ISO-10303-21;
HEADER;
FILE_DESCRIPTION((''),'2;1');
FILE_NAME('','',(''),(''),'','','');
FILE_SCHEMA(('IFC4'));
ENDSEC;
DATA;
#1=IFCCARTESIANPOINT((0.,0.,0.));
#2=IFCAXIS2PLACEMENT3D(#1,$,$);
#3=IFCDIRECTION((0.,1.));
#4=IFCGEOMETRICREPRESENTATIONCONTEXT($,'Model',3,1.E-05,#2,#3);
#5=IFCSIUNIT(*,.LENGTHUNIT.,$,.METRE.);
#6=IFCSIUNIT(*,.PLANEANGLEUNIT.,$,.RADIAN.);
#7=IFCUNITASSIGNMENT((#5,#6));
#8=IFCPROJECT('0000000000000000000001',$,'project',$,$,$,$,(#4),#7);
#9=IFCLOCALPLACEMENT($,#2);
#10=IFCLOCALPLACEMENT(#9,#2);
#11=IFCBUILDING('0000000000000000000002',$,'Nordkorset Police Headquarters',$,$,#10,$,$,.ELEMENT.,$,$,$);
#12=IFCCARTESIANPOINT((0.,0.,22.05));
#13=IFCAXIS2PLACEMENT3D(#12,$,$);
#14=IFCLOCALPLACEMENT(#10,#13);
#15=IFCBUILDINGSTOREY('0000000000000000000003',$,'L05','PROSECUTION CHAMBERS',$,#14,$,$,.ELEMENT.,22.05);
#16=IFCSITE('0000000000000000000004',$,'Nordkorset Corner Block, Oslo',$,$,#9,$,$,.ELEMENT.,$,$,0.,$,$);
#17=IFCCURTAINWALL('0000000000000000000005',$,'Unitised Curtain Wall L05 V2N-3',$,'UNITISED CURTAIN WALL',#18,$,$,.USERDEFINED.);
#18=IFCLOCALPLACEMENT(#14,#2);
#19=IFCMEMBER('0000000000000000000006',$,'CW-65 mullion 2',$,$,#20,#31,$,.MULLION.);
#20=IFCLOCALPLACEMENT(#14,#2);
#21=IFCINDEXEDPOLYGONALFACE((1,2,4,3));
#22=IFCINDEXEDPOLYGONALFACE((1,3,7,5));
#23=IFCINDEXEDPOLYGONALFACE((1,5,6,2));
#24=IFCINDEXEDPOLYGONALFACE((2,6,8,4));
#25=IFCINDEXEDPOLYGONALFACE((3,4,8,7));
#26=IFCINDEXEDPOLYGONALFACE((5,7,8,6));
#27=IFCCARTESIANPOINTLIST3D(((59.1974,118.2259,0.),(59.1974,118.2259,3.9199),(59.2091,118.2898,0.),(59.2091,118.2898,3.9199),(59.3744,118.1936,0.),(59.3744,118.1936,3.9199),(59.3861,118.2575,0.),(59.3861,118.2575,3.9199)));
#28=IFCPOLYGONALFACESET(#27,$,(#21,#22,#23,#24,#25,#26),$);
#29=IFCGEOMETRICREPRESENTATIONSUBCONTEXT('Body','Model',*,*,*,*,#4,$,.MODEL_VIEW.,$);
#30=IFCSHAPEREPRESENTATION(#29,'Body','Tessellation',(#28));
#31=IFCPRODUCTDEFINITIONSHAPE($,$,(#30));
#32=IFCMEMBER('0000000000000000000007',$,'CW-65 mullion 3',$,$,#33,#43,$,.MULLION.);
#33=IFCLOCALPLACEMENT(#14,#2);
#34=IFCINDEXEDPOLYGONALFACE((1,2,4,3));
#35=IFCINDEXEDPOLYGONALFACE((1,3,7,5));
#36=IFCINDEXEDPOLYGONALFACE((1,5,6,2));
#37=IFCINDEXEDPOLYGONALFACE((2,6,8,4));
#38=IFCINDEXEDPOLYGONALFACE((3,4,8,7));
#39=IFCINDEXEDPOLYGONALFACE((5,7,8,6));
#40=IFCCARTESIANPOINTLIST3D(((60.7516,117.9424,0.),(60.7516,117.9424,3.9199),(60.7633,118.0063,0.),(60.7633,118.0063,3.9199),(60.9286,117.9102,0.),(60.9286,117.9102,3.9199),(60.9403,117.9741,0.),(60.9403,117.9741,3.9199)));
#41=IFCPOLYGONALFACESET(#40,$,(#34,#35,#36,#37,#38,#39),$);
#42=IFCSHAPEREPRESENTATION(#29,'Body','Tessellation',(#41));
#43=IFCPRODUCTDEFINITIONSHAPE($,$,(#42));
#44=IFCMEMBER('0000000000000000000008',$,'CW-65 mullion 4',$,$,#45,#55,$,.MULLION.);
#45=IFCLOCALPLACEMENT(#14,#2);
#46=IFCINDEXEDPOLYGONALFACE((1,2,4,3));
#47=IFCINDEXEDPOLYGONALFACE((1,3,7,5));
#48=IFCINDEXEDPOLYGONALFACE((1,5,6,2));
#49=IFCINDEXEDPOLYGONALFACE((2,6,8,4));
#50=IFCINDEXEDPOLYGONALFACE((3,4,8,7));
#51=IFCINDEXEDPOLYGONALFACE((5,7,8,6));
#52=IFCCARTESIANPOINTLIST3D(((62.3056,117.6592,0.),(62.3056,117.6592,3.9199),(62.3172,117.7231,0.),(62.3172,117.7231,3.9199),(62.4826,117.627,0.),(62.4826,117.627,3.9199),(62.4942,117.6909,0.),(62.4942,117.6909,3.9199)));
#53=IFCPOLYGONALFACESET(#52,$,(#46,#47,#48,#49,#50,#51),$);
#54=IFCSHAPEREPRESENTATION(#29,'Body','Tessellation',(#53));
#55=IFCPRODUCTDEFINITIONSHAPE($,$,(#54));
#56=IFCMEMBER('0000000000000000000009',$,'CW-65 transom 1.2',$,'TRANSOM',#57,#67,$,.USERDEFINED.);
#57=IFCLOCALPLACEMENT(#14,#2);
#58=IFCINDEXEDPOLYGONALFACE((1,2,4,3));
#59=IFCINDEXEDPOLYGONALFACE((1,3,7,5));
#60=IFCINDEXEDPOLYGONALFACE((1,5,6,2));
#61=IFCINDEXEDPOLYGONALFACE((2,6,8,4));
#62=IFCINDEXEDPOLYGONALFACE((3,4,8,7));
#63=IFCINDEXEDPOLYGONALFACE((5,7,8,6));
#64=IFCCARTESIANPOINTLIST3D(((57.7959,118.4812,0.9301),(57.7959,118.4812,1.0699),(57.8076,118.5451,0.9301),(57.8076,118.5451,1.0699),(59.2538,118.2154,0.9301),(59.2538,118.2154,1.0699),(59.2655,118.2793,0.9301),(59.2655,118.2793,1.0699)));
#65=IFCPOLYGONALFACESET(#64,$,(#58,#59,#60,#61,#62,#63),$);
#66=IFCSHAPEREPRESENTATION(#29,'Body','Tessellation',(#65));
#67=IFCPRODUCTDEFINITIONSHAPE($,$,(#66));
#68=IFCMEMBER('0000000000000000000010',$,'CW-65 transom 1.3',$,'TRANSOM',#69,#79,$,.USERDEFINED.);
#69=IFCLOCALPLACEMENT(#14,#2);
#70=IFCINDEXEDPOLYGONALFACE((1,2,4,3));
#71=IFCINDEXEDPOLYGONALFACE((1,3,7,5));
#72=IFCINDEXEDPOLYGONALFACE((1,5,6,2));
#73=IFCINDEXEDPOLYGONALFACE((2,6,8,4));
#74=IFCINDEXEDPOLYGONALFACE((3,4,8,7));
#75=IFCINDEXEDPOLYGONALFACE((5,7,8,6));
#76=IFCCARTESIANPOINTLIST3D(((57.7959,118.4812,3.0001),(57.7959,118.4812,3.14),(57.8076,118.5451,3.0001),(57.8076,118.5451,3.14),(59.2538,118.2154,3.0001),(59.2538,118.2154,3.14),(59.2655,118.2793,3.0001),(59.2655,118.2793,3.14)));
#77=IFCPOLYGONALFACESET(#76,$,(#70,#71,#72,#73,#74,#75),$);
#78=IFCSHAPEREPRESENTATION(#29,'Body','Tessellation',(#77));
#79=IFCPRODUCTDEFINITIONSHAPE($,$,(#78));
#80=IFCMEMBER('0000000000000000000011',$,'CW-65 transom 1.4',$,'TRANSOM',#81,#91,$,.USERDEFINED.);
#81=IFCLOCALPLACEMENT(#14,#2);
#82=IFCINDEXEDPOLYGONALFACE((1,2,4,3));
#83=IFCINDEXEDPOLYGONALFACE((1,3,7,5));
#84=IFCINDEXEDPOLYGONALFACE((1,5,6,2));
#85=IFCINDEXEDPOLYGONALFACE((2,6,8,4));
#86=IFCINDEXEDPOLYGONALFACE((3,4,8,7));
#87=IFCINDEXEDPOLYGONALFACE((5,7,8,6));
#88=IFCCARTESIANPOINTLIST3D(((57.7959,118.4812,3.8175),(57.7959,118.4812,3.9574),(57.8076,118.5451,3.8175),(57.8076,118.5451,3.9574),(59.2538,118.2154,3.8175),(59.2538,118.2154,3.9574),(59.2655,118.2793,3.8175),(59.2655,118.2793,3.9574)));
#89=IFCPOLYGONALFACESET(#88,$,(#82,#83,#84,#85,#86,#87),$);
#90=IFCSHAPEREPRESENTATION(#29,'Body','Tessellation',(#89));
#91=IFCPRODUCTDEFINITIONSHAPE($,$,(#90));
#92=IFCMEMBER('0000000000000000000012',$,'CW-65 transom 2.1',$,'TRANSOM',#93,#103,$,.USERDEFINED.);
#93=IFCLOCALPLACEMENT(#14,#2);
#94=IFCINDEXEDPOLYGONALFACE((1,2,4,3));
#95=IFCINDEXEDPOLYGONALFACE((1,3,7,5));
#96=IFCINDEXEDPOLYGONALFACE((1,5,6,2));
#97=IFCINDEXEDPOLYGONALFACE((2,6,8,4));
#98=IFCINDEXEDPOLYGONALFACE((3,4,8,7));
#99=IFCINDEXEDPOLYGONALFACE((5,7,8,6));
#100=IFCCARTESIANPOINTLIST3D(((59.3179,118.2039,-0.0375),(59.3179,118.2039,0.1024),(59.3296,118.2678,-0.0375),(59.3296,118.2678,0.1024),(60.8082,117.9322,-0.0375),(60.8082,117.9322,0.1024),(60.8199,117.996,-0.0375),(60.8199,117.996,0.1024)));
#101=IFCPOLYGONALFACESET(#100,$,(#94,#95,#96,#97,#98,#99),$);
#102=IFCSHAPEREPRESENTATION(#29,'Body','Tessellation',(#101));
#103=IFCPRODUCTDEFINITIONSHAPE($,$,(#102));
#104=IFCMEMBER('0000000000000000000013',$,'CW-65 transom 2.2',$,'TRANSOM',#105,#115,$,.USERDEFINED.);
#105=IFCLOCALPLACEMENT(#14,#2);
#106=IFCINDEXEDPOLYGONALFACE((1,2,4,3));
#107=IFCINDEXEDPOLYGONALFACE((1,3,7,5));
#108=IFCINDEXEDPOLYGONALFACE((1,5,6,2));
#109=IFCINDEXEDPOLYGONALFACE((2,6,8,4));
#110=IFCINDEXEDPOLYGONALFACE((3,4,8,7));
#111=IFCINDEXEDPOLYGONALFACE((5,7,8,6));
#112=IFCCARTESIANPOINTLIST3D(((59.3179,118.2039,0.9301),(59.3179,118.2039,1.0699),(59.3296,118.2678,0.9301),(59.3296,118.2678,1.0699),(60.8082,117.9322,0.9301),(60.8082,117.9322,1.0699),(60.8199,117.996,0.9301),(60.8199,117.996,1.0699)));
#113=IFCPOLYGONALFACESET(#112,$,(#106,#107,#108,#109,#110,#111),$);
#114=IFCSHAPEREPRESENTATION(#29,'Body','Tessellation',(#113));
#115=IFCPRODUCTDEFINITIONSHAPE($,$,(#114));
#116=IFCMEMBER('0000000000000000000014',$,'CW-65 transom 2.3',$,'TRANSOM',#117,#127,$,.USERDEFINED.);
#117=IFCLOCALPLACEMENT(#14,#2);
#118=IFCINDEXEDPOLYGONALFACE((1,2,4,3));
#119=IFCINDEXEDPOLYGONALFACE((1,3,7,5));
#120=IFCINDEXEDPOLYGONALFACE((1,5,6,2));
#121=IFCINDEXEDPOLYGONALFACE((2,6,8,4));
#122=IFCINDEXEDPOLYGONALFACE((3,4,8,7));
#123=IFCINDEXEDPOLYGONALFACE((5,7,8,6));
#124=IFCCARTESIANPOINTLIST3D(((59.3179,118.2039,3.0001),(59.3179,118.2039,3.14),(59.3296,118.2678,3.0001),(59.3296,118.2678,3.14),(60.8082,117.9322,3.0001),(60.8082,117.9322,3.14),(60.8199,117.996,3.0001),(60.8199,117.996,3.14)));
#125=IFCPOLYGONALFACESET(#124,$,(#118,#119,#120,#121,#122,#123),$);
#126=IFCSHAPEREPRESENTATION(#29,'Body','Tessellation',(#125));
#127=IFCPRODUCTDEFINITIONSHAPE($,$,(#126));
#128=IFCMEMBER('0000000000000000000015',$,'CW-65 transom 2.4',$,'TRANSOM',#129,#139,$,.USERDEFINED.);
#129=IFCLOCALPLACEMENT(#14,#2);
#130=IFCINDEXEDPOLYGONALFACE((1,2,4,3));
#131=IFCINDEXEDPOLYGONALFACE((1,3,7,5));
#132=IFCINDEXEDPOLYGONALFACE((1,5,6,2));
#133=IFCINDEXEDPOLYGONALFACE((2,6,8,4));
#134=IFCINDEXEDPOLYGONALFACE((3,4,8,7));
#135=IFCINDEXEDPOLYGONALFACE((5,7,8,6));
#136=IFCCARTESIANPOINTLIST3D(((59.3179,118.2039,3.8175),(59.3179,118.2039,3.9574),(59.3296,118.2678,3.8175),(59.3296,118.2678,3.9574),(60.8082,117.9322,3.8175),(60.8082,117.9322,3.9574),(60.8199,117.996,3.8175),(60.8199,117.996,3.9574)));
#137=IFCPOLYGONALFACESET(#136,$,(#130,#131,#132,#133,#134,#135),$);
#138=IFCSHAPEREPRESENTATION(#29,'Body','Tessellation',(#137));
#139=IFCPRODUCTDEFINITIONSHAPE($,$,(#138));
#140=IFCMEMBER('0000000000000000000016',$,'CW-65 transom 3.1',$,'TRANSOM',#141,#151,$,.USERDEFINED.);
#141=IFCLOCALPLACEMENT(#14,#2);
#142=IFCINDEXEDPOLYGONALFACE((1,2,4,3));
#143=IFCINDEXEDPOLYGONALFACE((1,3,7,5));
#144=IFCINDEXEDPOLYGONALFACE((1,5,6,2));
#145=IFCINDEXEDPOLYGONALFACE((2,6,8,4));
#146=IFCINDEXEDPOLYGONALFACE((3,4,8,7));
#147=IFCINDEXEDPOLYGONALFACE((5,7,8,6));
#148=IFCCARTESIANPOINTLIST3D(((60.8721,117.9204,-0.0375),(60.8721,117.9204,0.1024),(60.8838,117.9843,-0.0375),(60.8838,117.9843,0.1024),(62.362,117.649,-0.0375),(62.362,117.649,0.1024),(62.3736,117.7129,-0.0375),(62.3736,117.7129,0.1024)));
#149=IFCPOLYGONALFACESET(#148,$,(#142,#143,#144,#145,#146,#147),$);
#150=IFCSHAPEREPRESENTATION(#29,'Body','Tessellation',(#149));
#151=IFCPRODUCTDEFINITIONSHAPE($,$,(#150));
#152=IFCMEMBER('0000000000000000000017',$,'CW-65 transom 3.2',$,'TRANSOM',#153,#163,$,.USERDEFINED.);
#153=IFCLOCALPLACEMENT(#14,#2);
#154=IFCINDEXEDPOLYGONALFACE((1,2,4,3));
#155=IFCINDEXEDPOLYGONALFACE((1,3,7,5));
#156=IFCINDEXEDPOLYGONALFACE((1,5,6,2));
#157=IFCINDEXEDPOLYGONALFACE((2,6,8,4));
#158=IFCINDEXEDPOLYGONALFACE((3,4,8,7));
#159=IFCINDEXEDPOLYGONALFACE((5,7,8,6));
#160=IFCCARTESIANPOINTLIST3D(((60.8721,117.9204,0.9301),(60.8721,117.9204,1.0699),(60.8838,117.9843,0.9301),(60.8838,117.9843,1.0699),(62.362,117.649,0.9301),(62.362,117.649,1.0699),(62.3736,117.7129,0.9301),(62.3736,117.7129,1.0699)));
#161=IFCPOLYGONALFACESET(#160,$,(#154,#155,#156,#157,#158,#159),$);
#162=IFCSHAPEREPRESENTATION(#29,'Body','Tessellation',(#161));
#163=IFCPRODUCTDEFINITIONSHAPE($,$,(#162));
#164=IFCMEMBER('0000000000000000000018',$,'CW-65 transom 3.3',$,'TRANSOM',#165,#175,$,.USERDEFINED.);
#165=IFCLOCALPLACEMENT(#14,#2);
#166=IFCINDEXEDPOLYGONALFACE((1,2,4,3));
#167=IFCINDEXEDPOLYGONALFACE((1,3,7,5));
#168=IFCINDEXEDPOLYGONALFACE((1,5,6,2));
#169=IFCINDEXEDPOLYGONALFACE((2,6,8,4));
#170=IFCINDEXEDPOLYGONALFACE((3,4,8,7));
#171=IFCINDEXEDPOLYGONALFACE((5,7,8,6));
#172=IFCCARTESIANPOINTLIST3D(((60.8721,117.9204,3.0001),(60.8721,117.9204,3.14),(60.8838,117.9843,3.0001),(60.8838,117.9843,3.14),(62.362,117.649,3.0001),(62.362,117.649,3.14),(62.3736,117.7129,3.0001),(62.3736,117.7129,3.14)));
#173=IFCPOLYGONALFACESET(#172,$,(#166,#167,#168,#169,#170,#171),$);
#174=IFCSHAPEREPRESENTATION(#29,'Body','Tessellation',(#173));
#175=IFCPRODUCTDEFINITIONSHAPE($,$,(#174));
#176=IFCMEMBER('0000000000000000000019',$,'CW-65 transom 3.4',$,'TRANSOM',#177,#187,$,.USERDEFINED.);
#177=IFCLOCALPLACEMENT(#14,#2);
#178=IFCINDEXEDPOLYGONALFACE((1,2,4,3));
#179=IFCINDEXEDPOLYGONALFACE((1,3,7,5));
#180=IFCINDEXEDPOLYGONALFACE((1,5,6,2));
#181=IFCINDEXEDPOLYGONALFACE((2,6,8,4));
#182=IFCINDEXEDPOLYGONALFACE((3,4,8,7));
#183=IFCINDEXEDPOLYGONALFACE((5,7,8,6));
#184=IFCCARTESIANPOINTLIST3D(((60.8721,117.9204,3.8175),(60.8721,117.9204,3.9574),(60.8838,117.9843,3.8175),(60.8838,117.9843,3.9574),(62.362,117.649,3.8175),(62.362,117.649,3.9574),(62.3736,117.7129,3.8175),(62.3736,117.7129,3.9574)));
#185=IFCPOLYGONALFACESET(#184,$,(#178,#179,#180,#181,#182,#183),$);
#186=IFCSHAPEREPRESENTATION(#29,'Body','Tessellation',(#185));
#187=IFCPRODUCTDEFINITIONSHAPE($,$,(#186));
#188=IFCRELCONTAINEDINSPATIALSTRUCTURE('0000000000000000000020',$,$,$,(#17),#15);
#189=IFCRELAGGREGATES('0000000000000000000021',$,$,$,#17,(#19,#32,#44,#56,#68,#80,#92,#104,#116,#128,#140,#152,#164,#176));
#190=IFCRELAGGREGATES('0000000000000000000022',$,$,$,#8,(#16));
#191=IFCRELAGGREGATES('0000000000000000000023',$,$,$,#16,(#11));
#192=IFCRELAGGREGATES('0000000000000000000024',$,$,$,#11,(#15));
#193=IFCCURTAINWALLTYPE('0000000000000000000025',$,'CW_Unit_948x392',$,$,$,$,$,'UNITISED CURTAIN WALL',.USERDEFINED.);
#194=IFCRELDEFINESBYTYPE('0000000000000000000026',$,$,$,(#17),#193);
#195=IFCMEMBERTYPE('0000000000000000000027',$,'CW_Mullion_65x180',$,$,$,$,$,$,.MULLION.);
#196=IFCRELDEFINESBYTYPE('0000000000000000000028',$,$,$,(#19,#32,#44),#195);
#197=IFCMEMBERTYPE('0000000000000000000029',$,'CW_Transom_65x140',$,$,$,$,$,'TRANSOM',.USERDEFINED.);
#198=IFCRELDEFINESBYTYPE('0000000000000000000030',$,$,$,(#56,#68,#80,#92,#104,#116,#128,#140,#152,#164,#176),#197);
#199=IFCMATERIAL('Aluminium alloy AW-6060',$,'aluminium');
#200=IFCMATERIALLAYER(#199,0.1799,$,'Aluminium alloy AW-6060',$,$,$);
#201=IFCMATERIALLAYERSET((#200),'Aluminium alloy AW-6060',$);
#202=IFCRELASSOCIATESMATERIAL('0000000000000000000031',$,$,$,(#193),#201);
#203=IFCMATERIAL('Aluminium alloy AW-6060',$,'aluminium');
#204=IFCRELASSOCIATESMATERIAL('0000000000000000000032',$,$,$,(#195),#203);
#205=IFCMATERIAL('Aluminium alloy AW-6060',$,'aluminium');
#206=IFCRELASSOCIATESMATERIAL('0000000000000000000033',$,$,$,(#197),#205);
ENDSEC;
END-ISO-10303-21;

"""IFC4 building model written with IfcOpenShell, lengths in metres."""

from ifc_helpers import new_model, si_unit, direction, frame, origin, origin_2d, place, context, subcontext, project, spatial, rectangle, extrude, material, layer, layer_set, material_profile, profile_set, type_object, element, aggregate, save


model = new_model("IFC4")

# Units and contexts
model_context = context("Model", 3, precision=1e-05, world=origin(), true_north=direction((0.0, 1.0)))
body_context = subcontext(model_context, "Body", "Model", "MODEL_VIEW")
ifc_project = project(units=[si_unit("LENGTHUNIT", "METRE"), si_unit("PLANEANGLEUNIT", "RADIAN")], contexts=[model_context])

# Site, building, storey
site_placement = place(None, origin())
site = spatial("IfcSite", under=ifc_project, at=site_placement, Name="Nordkorset Corner Block, Oslo", CompositionType="ELEMENT", RefElevation=0.0)
building_placement = place(site_placement, origin())
building = spatial("IfcBuilding", under=site, at=building_placement, Name="Nordkorset Police Headquarters", CompositionType="ELEMENT")
storey_placement = place(building_placement, frame((0.0, 0.0, 22.05)))
storey = spatial("IfcBuildingStorey", under=building, at=storey_placement, Name="L05", Description="PROSECUTION CHAMBERS", CompositionType="ELEMENT", Elevation=22.05)

# Curtain wall, members
ifc_material_1 = material(Name="Aluminium alloy AW-6060", Category="aluminium")
ifc_layer_1 = layer(ifc_material_1, 0.1799, Name="Aluminium alloy AW-6060")
ifc_layer_set_1 = layer_set([ifc_layer_1], Name="Aluminium alloy AW-6060")
curtain_wall_type = type_object("IfcCurtainWallType", Name="CW_Unit_948x392", ElementType="UNITISED CURTAIN WALL", PredefinedType="USERDEFINED", material=ifc_layer_set_1)
curtain_wall_placement = place(storey_placement, origin())
curtain_wall = element("IfcCurtainWall", 1, at=curtain_wall_placement, inside=storey, type_object=curtain_wall_type, Name="Unitised Curtain Wall L05 V2N-3", ObjectType="UNITISED CURTAIN WALL", PredefinedType="USERDEFINED")
ifc_material_2 = material(Name="Aluminium alloy AW-6060", Category="aluminium")
ifc_material_profile_1 = material_profile(ifc_material_2, rectangle(XDim=0.0649, YDim=0.1799, at=origin_2d()), Name="ALU MULL 65x180")
ifc_profile_set_1 = profile_set([ifc_material_profile_1], Name="Aluminium alloy AW-6060")
member_type_1 = type_object("IfcMemberType", Name="CW_Mullion_65x180", PredefinedType="MULLION", material=ifc_profile_set_1)
member_1_placement = place(storey_placement, frame((59.2917, 118.2417, 0.0), z_axis=(0.0, 0.0, 1.0), x_axis=(0.179336, 0.983788, 0.0)))
member_1 = element("IfcMember", 2, at=member_1_placement, type_object=member_type_1, Name="CW-65 mullion 2", PredefinedType="MULLION", context=body_context, shape_type="SweptSolid", body=[
    extrude(rectangle(XDim=0.0649, YDim=0.1799, at=origin_2d()), origin(), (0.0, 0.0, 1.0), 3.9199),
])
member_2_placement = place(storey_placement, frame((60.8459, 117.9583, 0.0), z_axis=(0.0, 0.0, 1.0), x_axis=(0.179336, 0.983788, 0.0)))
member_2 = element("IfcMember", 3, at=member_2_placement, type_object=member_type_1, Name="CW-65 mullion 3", PredefinedType="MULLION", context=body_context, shape_type="SweptSolid", body=[
    extrude(rectangle(XDim=0.0649, YDim=0.1799, at=origin_2d()), origin(), (0.0, 0.0, 1.0), 3.9199),
])
member_3_placement = place(storey_placement, frame((62.3999, 117.675, 0.0), z_axis=(0.0, 0.0, 1.0), x_axis=(0.179336, 0.983788, 0.0)))
member_3 = element("IfcMember", 4, at=member_3_placement, type_object=member_type_1, Name="CW-65 mullion 4", PredefinedType="MULLION", context=body_context, shape_type="SweptSolid", body=[
    extrude(rectangle(XDim=0.0649, YDim=0.1799, at=origin_2d()), origin(), (0.0, 0.0, 1.0), 3.9199),
])
ifc_material_3 = material(Name="Aluminium alloy AW-6060", Category="aluminium")
ifc_material_profile_2 = material_profile(ifc_material_3, rectangle(XDim=0.0649, YDim=0.1399, at=origin_2d()), Name="ALU TRAN 65x140")
ifc_profile_set_2 = profile_set([ifc_material_profile_2], Name="Aluminium alloy AW-6060")
member_type_2 = type_object("IfcMemberType", Name="CW_Transom_65x140", ElementType="TRANSOM", PredefinedType="USERDEFINED", material=ifc_profile_set_2)
member_4_placement = place(storey_placement, frame((57.8018, 118.5132, 1.0), z_axis=(0.983778, -0.179393, 0.0), x_axis=(0.179393, 0.983778, 0.0)))
member_4 = element("IfcMember", 5, at=member_4_placement, type_object=member_type_2, Name="CW-65 transom 1.2", ObjectType="TRANSOM", PredefinedType="USERDEFINED", context=body_context, shape_type="SweptSolid", body=[
    extrude(rectangle(XDim=0.0649, YDim=0.1399, at=origin_2d()), origin(), (0.0, 0.0, 1.0), 1.4819),
])
member_5_placement = place(storey_placement, frame((57.8018, 118.5132, 3.0701), z_axis=(0.983778, -0.179393, 0.0), x_axis=(0.179393, 0.983778, 0.0)))
member_5 = element("IfcMember", 6, at=member_5_placement, type_object=member_type_2, Name="CW-65 transom 1.3", ObjectType="TRANSOM", PredefinedType="USERDEFINED", context=body_context, shape_type="SweptSolid", body=[
    extrude(rectangle(XDim=0.0649, YDim=0.1399, at=origin_2d()), origin(), (0.0, 0.0, 1.0), 1.4819),
])
member_6_placement = place(storey_placement, frame((57.8018, 118.5132, 3.8875), z_axis=(0.983778, -0.179393, 0.0), x_axis=(0.179393, 0.983778, 0.0)))
member_6 = element("IfcMember", 7, at=member_6_placement, type_object=member_type_2, Name="CW-65 transom 1.4", ObjectType="TRANSOM", PredefinedType="USERDEFINED", context=body_context, shape_type="SweptSolid", body=[
    extrude(rectangle(XDim=0.0649, YDim=0.1399, at=origin_2d()), origin(), (0.0, 0.0, 1.0), 1.4819),
])
member_7_placement = place(storey_placement, frame((59.3237, 118.2358, 0.0325), z_axis=(0.98378, -0.179382, 0.0), x_axis=(0.179382, 0.98378, 0.0)))
member_7 = element("IfcMember", 8, at=member_7_placement, type_object=member_type_2, Name="CW-65 transom 2.1", ObjectType="TRANSOM", PredefinedType="USERDEFINED", context=body_context, shape_type="SweptSolid", body=[
    extrude(rectangle(XDim=0.0649, YDim=0.1399, at=origin_2d()), origin(), (0.0, 0.0, 1.0), 1.5149),
])
member_8_placement = place(storey_placement, frame((59.3237, 118.2358, 1.0), z_axis=(0.98378, -0.179382, 0.0), x_axis=(0.179382, 0.98378, 0.0)))
member_8 = element("IfcMember", 9, at=member_8_placement, type_object=member_type_2, Name="CW-65 transom 2.2", ObjectType="TRANSOM", PredefinedType="USERDEFINED", context=body_context, shape_type="SweptSolid", body=[
    extrude(rectangle(XDim=0.0649, YDim=0.1399, at=origin_2d()), origin(), (0.0, 0.0, 1.0), 1.5149),
])
member_9_placement = place(storey_placement, frame((59.3237, 118.2358, 3.0701), z_axis=(0.98378, -0.179382, 0.0), x_axis=(0.179382, 0.98378, 0.0)))
member_9 = element("IfcMember", 10, at=member_9_placement, type_object=member_type_2, Name="CW-65 transom 2.3", ObjectType="TRANSOM", PredefinedType="USERDEFINED", context=body_context, shape_type="SweptSolid", body=[
    extrude(rectangle(XDim=0.0649, YDim=0.1399, at=origin_2d()), origin(), (0.0, 0.0, 1.0), 1.5149),
])
member_10_placement = place(storey_placement, frame((59.3237, 118.2358, 3.8875), z_axis=(0.98378, -0.179382, 0.0), x_axis=(0.179382, 0.98378, 0.0)))
member_10 = element("IfcMember", 11, at=member_10_placement, type_object=member_type_2, Name="CW-65 transom 2.4", ObjectType="TRANSOM", PredefinedType="USERDEFINED", context=body_context, shape_type="SweptSolid", body=[
    extrude(rectangle(XDim=0.0649, YDim=0.1399, at=origin_2d()), origin(), (0.0, 0.0, 1.0), 1.5149),
])
member_11_placement = place(storey_placement, frame((60.8779, 117.9524, 0.0325), z_axis=(0.983803, -0.179254, 0.0), x_axis=(0.179254, 0.983803, 0.0)))
member_11 = element("IfcMember", 12, at=member_11_placement, type_object=member_type_2, Name="CW-65 transom 3.1", ObjectType="TRANSOM", PredefinedType="USERDEFINED", context=body_context, shape_type="SweptSolid", body=[
    extrude(rectangle(XDim=0.0649, YDim=0.1399, at=origin_2d()), origin(), (0.0, 0.0, 1.0), 1.5144),
])
member_12_placement = place(storey_placement, frame((60.8779, 117.9524, 1.0), z_axis=(0.983803, -0.179254, 0.0), x_axis=(0.179254, 0.983803, 0.0)))
member_12 = element("IfcMember", 13, at=member_12_placement, type_object=member_type_2, Name="CW-65 transom 3.2", ObjectType="TRANSOM", PredefinedType="USERDEFINED", context=body_context, shape_type="SweptSolid", body=[
    extrude(rectangle(XDim=0.0649, YDim=0.1399, at=origin_2d()), origin(), (0.0, 0.0, 1.0), 1.5144),
])
member_13_placement = place(storey_placement, frame((60.8779, 117.9524, 3.0701), z_axis=(0.983803, -0.179254, 0.0), x_axis=(0.179254, 0.983803, 0.0)))
member_13 = element("IfcMember", 14, at=member_13_placement, type_object=member_type_2, Name="CW-65 transom 3.3", ObjectType="TRANSOM", PredefinedType="USERDEFINED", context=body_context, shape_type="SweptSolid", body=[
    extrude(rectangle(XDim=0.0649, YDim=0.1399, at=origin_2d()), origin(), (0.0, 0.0, 1.0), 1.5144),
])
member_14_placement = place(storey_placement, frame((60.8779, 117.9524, 3.8875), z_axis=(0.983803, -0.179254, 0.0), x_axis=(0.179254, 0.983803, 0.0)))
member_14 = element("IfcMember", 15, at=member_14_placement, type_object=member_type_2, Name="CW-65 transom 3.4", ObjectType="TRANSOM", PredefinedType="USERDEFINED", context=body_context, shape_type="SweptSolid", body=[
    extrude(rectangle(XDim=0.0649, YDim=0.1399, at=origin_2d()), origin(), (0.0, 0.0, 1.0), 1.5144),
])
aggregate(curtain_wall, [member_1, member_2, member_3, member_4, member_5, member_6, member_7, member_8, member_9, member_10, member_11, member_12, member_13, member_14])

save(model, "model.ifc")
